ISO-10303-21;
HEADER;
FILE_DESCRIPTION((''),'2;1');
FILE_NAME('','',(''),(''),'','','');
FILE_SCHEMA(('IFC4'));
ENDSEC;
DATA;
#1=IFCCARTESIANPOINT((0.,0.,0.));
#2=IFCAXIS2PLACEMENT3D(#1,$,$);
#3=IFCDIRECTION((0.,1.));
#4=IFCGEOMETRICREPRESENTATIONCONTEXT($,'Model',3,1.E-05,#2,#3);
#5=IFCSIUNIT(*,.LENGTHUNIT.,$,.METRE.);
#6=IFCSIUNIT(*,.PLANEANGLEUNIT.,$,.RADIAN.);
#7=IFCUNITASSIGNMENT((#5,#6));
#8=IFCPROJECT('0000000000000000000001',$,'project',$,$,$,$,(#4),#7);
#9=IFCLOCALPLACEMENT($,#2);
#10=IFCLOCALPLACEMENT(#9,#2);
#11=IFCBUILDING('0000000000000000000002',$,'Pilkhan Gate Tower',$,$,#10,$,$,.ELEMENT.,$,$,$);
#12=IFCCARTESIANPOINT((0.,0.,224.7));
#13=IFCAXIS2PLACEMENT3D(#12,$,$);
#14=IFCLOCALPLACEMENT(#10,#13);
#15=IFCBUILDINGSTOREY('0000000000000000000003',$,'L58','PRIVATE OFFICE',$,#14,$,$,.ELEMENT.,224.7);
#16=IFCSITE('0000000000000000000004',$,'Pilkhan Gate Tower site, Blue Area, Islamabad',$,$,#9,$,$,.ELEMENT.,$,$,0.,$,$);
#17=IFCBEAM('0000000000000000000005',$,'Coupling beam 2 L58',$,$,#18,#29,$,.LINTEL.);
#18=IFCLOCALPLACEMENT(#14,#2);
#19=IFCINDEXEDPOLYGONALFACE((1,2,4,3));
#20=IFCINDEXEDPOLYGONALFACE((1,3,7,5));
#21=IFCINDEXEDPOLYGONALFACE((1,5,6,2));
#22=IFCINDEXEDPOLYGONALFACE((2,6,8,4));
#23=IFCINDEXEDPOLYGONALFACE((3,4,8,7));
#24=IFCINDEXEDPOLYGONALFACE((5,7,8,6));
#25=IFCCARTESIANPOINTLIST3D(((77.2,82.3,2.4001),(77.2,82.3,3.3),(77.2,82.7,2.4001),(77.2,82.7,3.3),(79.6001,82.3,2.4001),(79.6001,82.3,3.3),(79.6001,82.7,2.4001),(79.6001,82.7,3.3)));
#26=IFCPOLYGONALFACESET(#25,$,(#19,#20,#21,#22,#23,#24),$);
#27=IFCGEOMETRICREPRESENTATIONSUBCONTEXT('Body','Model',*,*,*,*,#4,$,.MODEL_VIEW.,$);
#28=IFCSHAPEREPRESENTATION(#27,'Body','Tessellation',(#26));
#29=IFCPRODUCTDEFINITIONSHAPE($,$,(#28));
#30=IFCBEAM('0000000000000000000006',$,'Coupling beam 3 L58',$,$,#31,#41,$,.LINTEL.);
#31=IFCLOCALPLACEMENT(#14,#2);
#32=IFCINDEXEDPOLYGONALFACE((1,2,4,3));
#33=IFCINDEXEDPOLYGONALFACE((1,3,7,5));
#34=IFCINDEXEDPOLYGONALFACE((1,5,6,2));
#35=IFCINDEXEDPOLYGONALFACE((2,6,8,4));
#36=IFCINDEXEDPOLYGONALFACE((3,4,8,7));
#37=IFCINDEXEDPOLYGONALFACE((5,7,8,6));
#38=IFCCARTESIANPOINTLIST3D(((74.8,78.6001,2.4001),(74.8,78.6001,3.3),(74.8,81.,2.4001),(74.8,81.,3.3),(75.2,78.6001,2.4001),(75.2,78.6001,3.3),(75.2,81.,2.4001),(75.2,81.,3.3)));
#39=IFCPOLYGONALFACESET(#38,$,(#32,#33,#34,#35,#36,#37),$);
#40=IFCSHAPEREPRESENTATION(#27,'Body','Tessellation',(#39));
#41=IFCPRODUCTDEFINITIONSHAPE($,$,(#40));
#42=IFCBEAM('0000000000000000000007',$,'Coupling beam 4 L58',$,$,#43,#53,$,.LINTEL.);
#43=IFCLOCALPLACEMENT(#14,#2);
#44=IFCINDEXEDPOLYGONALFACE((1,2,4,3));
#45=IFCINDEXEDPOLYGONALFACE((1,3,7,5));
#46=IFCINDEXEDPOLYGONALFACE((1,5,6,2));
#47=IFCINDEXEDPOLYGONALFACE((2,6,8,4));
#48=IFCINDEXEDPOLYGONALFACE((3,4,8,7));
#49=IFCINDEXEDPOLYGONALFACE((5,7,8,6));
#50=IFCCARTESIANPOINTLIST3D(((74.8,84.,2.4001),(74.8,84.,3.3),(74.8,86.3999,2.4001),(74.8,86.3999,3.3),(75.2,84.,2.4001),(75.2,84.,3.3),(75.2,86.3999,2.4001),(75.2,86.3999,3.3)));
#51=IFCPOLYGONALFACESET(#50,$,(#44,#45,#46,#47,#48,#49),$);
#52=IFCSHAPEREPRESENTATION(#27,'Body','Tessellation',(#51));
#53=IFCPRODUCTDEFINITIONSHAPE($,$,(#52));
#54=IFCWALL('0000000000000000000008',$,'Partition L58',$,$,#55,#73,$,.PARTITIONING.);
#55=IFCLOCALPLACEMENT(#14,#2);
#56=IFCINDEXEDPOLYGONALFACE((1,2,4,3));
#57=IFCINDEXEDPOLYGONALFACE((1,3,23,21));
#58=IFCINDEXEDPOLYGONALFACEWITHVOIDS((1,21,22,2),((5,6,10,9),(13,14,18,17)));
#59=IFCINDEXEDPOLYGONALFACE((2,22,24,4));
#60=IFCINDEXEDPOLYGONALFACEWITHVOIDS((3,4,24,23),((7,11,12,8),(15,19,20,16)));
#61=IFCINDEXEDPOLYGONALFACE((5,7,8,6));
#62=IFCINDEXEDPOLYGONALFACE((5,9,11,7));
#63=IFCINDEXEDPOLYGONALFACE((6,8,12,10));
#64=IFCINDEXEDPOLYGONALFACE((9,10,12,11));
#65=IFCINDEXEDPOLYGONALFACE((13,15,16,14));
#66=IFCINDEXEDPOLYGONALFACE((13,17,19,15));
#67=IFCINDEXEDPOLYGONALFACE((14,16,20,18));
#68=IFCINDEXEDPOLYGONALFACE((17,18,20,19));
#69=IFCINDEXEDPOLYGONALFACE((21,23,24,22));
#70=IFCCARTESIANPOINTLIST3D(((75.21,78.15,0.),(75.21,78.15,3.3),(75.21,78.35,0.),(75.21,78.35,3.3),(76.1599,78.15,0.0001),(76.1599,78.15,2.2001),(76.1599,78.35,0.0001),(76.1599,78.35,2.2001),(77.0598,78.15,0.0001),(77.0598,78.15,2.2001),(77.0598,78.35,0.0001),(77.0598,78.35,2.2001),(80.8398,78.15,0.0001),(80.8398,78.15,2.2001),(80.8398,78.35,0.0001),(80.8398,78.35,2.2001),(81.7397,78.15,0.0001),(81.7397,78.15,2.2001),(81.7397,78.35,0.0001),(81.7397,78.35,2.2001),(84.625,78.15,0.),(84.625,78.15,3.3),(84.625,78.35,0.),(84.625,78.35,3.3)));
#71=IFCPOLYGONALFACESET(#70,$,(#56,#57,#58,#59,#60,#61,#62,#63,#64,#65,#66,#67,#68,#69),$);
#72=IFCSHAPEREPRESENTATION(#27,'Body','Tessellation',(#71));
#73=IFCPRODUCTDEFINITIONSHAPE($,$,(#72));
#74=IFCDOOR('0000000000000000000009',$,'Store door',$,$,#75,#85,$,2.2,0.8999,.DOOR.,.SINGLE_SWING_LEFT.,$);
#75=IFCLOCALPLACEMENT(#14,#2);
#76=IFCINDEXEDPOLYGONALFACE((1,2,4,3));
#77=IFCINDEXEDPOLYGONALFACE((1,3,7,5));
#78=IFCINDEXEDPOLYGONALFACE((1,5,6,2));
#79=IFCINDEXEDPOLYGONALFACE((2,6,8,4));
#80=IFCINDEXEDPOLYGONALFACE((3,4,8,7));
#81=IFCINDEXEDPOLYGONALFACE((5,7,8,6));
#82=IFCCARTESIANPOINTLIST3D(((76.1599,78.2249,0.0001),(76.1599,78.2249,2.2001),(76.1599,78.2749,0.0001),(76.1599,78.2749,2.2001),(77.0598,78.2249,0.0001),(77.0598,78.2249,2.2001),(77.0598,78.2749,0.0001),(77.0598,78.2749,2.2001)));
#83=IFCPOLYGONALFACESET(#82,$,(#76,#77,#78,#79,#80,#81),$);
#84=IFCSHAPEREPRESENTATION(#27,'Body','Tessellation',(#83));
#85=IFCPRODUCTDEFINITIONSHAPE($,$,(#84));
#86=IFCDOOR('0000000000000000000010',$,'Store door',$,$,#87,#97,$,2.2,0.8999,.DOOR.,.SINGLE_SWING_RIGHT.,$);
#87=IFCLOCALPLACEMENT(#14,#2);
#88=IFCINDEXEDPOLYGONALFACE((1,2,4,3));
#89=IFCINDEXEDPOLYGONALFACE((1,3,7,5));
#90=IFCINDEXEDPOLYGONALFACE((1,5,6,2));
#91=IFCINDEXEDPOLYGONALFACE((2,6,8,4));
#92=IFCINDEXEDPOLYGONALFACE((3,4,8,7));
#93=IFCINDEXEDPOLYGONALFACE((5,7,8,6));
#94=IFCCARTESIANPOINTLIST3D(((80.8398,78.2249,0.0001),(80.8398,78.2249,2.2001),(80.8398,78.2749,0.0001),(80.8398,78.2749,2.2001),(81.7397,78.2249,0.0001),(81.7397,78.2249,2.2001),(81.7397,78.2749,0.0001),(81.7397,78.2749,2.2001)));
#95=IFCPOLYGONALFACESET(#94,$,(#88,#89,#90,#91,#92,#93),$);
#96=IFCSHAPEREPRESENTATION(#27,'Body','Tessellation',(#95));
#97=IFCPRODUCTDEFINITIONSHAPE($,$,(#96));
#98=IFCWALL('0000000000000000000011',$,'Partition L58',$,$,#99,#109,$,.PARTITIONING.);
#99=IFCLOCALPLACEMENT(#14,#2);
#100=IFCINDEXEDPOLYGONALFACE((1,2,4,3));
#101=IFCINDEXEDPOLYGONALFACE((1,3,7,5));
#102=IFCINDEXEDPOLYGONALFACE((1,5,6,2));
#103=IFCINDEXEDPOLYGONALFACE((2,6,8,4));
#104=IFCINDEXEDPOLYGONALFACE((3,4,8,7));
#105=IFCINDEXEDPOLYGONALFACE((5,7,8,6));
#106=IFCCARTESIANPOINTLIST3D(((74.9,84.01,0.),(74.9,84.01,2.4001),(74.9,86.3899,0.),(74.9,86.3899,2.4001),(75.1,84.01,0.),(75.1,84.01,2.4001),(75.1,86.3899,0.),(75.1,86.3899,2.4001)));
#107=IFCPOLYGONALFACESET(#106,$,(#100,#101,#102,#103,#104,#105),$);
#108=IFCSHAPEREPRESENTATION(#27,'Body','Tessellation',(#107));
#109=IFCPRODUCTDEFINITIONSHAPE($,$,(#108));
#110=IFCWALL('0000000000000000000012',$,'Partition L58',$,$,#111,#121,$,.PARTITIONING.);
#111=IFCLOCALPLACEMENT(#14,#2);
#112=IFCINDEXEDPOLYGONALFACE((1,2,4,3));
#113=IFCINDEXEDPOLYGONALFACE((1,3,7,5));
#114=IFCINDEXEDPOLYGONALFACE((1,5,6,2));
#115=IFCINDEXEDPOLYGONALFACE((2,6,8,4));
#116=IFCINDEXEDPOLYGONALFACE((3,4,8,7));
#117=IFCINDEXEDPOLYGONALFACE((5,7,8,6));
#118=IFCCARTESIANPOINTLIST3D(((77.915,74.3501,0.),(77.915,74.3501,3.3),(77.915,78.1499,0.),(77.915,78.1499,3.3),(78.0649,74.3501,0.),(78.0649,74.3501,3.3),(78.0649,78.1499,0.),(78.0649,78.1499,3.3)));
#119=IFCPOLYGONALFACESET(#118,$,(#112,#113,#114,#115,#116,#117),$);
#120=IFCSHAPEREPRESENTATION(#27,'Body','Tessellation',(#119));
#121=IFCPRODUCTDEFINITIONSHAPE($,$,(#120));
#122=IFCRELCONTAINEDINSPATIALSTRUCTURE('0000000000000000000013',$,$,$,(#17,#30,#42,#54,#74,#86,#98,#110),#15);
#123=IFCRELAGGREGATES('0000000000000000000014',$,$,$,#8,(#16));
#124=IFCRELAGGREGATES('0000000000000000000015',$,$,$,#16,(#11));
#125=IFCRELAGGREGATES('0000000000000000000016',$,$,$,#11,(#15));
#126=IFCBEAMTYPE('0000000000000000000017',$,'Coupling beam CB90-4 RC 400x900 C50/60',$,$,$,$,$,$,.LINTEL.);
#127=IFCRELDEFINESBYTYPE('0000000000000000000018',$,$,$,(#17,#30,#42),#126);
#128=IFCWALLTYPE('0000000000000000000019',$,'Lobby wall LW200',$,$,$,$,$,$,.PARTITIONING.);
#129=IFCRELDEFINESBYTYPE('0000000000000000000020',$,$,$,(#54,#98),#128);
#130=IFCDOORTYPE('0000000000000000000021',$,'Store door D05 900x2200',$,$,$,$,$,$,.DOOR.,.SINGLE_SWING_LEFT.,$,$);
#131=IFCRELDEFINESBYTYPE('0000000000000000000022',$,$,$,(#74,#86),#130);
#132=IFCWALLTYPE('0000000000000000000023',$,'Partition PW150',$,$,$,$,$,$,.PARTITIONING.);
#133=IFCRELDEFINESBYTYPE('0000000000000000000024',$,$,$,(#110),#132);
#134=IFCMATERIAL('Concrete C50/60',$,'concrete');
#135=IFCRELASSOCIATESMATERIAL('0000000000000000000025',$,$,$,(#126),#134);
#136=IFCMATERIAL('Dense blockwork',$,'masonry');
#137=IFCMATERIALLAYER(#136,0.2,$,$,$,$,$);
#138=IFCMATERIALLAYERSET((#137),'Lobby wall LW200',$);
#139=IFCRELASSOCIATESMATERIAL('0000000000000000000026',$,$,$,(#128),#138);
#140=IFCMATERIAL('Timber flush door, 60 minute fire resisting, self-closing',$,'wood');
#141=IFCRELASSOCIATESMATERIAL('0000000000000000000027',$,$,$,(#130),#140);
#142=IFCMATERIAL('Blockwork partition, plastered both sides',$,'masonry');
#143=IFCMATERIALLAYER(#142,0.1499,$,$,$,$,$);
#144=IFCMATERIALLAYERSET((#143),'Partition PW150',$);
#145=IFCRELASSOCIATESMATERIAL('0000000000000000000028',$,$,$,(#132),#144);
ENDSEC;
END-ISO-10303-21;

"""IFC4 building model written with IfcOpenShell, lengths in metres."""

from ifc_helpers import new_model, si_unit, direction, frame, frame_2d, origin, origin_2d, place, context, subcontext, project, spatial, rectangle, extrude, material, layer, layer_set, material_profile, profile_set, type_object, element, fill, save


model = new_model("IFC4")

# Units and contexts
model_context = context("Model", 3, precision=1e-05, world=origin(), true_north=direction((0.0, 1.0)))
body_context = subcontext(model_context, "Body", "Model", "MODEL_VIEW")
ifc_project = project(units=[si_unit("LENGTHUNIT", "METRE"), si_unit("PLANEANGLEUNIT", "RADIAN")], contexts=[model_context])

# Site, building, storey
site_placement = place(None, origin())
site = spatial("IfcSite", under=ifc_project, at=site_placement, Name="Pilkhan Gate Tower site, Blue Area, Islamabad", CompositionType="ELEMENT", RefElevation=0.0)
building_placement = place(site_placement, origin())
building = spatial("IfcBuilding", under=site, at=building_placement, Name="Pilkhan Gate Tower", CompositionType="ELEMENT")
storey_placement = place(building_placement, frame((0.0, 0.0, 224.7)))
storey = spatial("IfcBuildingStorey", under=building, at=storey_placement, Name="L58", Description="PRIVATE OFFICE", CompositionType="ELEMENT", Elevation=224.7)

# Beams
ifc_material_1 = material(Name="Concrete C50/60", Category="concrete")
ifc_material_profile = material_profile(ifc_material_1, rectangle(XDim=0.3999, YDim=0.8999, at=origin_2d()), Name="RC 400x900")
ifc_profile_set = profile_set([ifc_material_profile], Name="Concrete C50/60")
beam_type = type_object("IfcBeamType", Name="Coupling beam CB90-4 RC 400x900 C50/60", PredefinedType="LINTEL", material=ifc_profile_set)
beam_placement = place(storey_placement, frame((77.2, 82.5, 2.8501), z_axis=(1.0, 0.0, 0.0), x_axis=(0.0, 1.0, 0.0)))
element("IfcBeam", 1, at=beam_placement, inside=storey, type_object=beam_type, Name="Coupling beam 2 L58", PredefinedType="LINTEL", context=body_context, shape_type="SweptSolid", body=[
    extrude(rectangle(XDim=0.3999, YDim=0.8999, at=origin_2d()), origin(), (0.0, 0.0, 1.0), 2.4001),
])
for number, where, z_axis, x_axis, name in (
    (2, (75.0, 78.6001, 2.8501), (0.0, 1.0, 0.0), (-1.0, 0.0, 0.0), "Coupling beam 3 L58"),
    (3, (75.0, 84.0, 2.8501), (0.0, 1.0, 0.0), (-1.0, 0.0, 0.0), "Coupling beam 4 L58"),
):
    element("IfcBeam", number, at=place(storey_placement, frame(where, z_axis=z_axis, x_axis=x_axis)), inside=storey, type_object=beam_type, Name=name, PredefinedType="LINTEL", context=body_context, shape_type="SweptSolid", body=[
        extrude(rectangle(XDim=0.3999, YDim=0.8999, at=origin_2d()), origin(), (0.0, 0.0, 1.0), 2.3999),
    ])

# Wall, openings, doors
ifc_material_2 = material(Name="Dense blockwork", Category="masonry")
ifc_layer_1 = layer(ifc_material_2, 0.2)
ifc_layer_set_1 = layer_set([ifc_layer_1], Name="Lobby wall LW200")
wall_type_1 = type_object("IfcWallType", Name="Lobby wall LW200", PredefinedType="PARTITIONING", material=ifc_layer_set_1)
wall_1_placement = place(storey_placement, frame((75.21, 78.25, 0.0), z_axis=(0.0, 0.0, 1.0), x_axis=(1.0, 0.0, 0.0)))
wall_1 = element("IfcWall", 4, at=wall_1_placement, inside=storey, type_object=wall_type_1, Name="Partition L58", PredefinedType="PARTITIONING", context=body_context, shape_type="SweptSolid", body=[
    extrude(rectangle(XDim=9.415, YDim=0.2, at=frame_2d((4.7075, 0.0))), origin(), (0.0, 0.0, 1.0), 3.3),
])
opening_1_placement = place(wall_1_placement, frame((0.95, 0.0, 0.0)))
opening_1 = element("IfcOpeningElement", 5, at=opening_1_placement, cuts=wall_1, PredefinedType="OPENING", context=body_context, shape_type="SweptSolid", body=[
    extrude(rectangle(XDim=0.8999, YDim=2.2, at=frame_2d((0.45, 1.1001))), frame((0.0, 0.1099, 0.0), z_axis=(0.0, -1.0, 0.0), x_axis=(1.0, 0.0, 0.0)), (0.0, 0.0, 1.0), 0.22),
])
opening_2_placement = place(wall_1_placement, frame((5.6299, 0.0, 0.0)))
opening_2 = element("IfcOpeningElement", 6, at=opening_2_placement, cuts=wall_1, PredefinedType="OPENING", context=body_context, shape_type="SweptSolid", body=[
    extrude(rectangle(XDim=0.8999, YDim=2.2, at=frame_2d((0.45, 1.1001))), frame((0.0, 0.1099, 0.0), z_axis=(0.0, -1.0, 0.0), x_axis=(1.0, 0.0, 0.0)), (0.0, 0.0, 1.0), 0.22),
])
ifc_material_3 = material(Name="Timber flush door, 60 minute fire resisting, self-closing", Category="wood")
door_type_1 = type_object("IfcDoorType", Name="Store door D05 900x2200", OperationType="SINGLE_SWING_LEFT", PredefinedType="DOOR", material=ifc_material_3)
door_1_placement = place(opening_1_placement, origin())
door_1 = element("IfcDoor", 7, at=door_1_placement, inside=storey, type_object=door_type_1, Name="Store door", OperationType="SINGLE_SWING_LEFT", OverallHeight=2.2, OverallWidth=0.8999, PredefinedType="DOOR", context=body_context, shape_type="SweptSolid", body=[
    extrude(rectangle(XDim=0.8999, YDim=2.2, at=frame_2d((0.45, 1.1001))), frame((0.0, 0.0249, 0.0), z_axis=(0.0, -1.0, 0.0), x_axis=(1.0, 0.0, 0.0)), (0.0, 0.0, 1.0), 0.05),
])
fill(opening_1, door_1)
door_2_placement = place(opening_2_placement, origin())
door_2 = element("IfcDoor", 8, at=door_2_placement, inside=storey, type_object=door_type_1, Name="Store door", OperationType="SINGLE_SWING_RIGHT", OverallHeight=2.2, OverallWidth=0.8999, PredefinedType="DOOR", context=body_context, shape_type="SweptSolid", body=[
    extrude(rectangle(XDim=0.8999, YDim=2.2, at=frame_2d((0.45, 1.1001))), frame((0.0, 0.0249, 0.0), z_axis=(0.0, -1.0, 0.0), x_axis=(1.0, 0.0, 0.0)), (0.0, 0.0, 1.0), 0.05),
])
fill(opening_2, door_2)

# Walls
wall_2_placement = place(storey_placement, frame((75.0, 84.01, 0.0), z_axis=(0.0, 0.0, 1.0), x_axis=(0.0, 1.0, 0.0)))
element("IfcWall", 9, at=wall_2_placement, inside=storey, type_object=wall_type_1, Name="Partition L58", PredefinedType="PARTITIONING", context=body_context, shape_type="SweptSolid", body=[
    extrude(rectangle(XDim=2.3799, YDim=0.2, at=frame_2d((1.1899, 0.0))), origin(), (0.0, 0.0, 1.0), 2.4001),
])
ifc_material_4 = material(Name="Blockwork partition, plastered both sides", Category="masonry")
ifc_layer_2 = layer(ifc_material_4, 0.1499)
ifc_layer_set_2 = layer_set([ifc_layer_2], Name="Partition PW150")
wall_type_2 = type_object("IfcWallType", Name="Partition PW150", PredefinedType="PARTITIONING", material=ifc_layer_set_2)
wall_3_placement = place(storey_placement, frame((77.99, 74.3501, 0.0), z_axis=(0.0, 0.0, 1.0), x_axis=(0.0, 1.0, 0.0)))
element("IfcWall", 10, at=wall_3_placement, inside=storey, type_object=wall_type_2, Name="Partition L58", PredefinedType="PARTITIONING", context=body_context, shape_type="SweptSolid", body=[
    extrude(rectangle(XDim=3.7998, YDim=0.1499, at=frame_2d((1.8999, 0.0))), origin(), (0.0, 0.0, 1.0), 3.3),
])

save(model, "model.ifc")
